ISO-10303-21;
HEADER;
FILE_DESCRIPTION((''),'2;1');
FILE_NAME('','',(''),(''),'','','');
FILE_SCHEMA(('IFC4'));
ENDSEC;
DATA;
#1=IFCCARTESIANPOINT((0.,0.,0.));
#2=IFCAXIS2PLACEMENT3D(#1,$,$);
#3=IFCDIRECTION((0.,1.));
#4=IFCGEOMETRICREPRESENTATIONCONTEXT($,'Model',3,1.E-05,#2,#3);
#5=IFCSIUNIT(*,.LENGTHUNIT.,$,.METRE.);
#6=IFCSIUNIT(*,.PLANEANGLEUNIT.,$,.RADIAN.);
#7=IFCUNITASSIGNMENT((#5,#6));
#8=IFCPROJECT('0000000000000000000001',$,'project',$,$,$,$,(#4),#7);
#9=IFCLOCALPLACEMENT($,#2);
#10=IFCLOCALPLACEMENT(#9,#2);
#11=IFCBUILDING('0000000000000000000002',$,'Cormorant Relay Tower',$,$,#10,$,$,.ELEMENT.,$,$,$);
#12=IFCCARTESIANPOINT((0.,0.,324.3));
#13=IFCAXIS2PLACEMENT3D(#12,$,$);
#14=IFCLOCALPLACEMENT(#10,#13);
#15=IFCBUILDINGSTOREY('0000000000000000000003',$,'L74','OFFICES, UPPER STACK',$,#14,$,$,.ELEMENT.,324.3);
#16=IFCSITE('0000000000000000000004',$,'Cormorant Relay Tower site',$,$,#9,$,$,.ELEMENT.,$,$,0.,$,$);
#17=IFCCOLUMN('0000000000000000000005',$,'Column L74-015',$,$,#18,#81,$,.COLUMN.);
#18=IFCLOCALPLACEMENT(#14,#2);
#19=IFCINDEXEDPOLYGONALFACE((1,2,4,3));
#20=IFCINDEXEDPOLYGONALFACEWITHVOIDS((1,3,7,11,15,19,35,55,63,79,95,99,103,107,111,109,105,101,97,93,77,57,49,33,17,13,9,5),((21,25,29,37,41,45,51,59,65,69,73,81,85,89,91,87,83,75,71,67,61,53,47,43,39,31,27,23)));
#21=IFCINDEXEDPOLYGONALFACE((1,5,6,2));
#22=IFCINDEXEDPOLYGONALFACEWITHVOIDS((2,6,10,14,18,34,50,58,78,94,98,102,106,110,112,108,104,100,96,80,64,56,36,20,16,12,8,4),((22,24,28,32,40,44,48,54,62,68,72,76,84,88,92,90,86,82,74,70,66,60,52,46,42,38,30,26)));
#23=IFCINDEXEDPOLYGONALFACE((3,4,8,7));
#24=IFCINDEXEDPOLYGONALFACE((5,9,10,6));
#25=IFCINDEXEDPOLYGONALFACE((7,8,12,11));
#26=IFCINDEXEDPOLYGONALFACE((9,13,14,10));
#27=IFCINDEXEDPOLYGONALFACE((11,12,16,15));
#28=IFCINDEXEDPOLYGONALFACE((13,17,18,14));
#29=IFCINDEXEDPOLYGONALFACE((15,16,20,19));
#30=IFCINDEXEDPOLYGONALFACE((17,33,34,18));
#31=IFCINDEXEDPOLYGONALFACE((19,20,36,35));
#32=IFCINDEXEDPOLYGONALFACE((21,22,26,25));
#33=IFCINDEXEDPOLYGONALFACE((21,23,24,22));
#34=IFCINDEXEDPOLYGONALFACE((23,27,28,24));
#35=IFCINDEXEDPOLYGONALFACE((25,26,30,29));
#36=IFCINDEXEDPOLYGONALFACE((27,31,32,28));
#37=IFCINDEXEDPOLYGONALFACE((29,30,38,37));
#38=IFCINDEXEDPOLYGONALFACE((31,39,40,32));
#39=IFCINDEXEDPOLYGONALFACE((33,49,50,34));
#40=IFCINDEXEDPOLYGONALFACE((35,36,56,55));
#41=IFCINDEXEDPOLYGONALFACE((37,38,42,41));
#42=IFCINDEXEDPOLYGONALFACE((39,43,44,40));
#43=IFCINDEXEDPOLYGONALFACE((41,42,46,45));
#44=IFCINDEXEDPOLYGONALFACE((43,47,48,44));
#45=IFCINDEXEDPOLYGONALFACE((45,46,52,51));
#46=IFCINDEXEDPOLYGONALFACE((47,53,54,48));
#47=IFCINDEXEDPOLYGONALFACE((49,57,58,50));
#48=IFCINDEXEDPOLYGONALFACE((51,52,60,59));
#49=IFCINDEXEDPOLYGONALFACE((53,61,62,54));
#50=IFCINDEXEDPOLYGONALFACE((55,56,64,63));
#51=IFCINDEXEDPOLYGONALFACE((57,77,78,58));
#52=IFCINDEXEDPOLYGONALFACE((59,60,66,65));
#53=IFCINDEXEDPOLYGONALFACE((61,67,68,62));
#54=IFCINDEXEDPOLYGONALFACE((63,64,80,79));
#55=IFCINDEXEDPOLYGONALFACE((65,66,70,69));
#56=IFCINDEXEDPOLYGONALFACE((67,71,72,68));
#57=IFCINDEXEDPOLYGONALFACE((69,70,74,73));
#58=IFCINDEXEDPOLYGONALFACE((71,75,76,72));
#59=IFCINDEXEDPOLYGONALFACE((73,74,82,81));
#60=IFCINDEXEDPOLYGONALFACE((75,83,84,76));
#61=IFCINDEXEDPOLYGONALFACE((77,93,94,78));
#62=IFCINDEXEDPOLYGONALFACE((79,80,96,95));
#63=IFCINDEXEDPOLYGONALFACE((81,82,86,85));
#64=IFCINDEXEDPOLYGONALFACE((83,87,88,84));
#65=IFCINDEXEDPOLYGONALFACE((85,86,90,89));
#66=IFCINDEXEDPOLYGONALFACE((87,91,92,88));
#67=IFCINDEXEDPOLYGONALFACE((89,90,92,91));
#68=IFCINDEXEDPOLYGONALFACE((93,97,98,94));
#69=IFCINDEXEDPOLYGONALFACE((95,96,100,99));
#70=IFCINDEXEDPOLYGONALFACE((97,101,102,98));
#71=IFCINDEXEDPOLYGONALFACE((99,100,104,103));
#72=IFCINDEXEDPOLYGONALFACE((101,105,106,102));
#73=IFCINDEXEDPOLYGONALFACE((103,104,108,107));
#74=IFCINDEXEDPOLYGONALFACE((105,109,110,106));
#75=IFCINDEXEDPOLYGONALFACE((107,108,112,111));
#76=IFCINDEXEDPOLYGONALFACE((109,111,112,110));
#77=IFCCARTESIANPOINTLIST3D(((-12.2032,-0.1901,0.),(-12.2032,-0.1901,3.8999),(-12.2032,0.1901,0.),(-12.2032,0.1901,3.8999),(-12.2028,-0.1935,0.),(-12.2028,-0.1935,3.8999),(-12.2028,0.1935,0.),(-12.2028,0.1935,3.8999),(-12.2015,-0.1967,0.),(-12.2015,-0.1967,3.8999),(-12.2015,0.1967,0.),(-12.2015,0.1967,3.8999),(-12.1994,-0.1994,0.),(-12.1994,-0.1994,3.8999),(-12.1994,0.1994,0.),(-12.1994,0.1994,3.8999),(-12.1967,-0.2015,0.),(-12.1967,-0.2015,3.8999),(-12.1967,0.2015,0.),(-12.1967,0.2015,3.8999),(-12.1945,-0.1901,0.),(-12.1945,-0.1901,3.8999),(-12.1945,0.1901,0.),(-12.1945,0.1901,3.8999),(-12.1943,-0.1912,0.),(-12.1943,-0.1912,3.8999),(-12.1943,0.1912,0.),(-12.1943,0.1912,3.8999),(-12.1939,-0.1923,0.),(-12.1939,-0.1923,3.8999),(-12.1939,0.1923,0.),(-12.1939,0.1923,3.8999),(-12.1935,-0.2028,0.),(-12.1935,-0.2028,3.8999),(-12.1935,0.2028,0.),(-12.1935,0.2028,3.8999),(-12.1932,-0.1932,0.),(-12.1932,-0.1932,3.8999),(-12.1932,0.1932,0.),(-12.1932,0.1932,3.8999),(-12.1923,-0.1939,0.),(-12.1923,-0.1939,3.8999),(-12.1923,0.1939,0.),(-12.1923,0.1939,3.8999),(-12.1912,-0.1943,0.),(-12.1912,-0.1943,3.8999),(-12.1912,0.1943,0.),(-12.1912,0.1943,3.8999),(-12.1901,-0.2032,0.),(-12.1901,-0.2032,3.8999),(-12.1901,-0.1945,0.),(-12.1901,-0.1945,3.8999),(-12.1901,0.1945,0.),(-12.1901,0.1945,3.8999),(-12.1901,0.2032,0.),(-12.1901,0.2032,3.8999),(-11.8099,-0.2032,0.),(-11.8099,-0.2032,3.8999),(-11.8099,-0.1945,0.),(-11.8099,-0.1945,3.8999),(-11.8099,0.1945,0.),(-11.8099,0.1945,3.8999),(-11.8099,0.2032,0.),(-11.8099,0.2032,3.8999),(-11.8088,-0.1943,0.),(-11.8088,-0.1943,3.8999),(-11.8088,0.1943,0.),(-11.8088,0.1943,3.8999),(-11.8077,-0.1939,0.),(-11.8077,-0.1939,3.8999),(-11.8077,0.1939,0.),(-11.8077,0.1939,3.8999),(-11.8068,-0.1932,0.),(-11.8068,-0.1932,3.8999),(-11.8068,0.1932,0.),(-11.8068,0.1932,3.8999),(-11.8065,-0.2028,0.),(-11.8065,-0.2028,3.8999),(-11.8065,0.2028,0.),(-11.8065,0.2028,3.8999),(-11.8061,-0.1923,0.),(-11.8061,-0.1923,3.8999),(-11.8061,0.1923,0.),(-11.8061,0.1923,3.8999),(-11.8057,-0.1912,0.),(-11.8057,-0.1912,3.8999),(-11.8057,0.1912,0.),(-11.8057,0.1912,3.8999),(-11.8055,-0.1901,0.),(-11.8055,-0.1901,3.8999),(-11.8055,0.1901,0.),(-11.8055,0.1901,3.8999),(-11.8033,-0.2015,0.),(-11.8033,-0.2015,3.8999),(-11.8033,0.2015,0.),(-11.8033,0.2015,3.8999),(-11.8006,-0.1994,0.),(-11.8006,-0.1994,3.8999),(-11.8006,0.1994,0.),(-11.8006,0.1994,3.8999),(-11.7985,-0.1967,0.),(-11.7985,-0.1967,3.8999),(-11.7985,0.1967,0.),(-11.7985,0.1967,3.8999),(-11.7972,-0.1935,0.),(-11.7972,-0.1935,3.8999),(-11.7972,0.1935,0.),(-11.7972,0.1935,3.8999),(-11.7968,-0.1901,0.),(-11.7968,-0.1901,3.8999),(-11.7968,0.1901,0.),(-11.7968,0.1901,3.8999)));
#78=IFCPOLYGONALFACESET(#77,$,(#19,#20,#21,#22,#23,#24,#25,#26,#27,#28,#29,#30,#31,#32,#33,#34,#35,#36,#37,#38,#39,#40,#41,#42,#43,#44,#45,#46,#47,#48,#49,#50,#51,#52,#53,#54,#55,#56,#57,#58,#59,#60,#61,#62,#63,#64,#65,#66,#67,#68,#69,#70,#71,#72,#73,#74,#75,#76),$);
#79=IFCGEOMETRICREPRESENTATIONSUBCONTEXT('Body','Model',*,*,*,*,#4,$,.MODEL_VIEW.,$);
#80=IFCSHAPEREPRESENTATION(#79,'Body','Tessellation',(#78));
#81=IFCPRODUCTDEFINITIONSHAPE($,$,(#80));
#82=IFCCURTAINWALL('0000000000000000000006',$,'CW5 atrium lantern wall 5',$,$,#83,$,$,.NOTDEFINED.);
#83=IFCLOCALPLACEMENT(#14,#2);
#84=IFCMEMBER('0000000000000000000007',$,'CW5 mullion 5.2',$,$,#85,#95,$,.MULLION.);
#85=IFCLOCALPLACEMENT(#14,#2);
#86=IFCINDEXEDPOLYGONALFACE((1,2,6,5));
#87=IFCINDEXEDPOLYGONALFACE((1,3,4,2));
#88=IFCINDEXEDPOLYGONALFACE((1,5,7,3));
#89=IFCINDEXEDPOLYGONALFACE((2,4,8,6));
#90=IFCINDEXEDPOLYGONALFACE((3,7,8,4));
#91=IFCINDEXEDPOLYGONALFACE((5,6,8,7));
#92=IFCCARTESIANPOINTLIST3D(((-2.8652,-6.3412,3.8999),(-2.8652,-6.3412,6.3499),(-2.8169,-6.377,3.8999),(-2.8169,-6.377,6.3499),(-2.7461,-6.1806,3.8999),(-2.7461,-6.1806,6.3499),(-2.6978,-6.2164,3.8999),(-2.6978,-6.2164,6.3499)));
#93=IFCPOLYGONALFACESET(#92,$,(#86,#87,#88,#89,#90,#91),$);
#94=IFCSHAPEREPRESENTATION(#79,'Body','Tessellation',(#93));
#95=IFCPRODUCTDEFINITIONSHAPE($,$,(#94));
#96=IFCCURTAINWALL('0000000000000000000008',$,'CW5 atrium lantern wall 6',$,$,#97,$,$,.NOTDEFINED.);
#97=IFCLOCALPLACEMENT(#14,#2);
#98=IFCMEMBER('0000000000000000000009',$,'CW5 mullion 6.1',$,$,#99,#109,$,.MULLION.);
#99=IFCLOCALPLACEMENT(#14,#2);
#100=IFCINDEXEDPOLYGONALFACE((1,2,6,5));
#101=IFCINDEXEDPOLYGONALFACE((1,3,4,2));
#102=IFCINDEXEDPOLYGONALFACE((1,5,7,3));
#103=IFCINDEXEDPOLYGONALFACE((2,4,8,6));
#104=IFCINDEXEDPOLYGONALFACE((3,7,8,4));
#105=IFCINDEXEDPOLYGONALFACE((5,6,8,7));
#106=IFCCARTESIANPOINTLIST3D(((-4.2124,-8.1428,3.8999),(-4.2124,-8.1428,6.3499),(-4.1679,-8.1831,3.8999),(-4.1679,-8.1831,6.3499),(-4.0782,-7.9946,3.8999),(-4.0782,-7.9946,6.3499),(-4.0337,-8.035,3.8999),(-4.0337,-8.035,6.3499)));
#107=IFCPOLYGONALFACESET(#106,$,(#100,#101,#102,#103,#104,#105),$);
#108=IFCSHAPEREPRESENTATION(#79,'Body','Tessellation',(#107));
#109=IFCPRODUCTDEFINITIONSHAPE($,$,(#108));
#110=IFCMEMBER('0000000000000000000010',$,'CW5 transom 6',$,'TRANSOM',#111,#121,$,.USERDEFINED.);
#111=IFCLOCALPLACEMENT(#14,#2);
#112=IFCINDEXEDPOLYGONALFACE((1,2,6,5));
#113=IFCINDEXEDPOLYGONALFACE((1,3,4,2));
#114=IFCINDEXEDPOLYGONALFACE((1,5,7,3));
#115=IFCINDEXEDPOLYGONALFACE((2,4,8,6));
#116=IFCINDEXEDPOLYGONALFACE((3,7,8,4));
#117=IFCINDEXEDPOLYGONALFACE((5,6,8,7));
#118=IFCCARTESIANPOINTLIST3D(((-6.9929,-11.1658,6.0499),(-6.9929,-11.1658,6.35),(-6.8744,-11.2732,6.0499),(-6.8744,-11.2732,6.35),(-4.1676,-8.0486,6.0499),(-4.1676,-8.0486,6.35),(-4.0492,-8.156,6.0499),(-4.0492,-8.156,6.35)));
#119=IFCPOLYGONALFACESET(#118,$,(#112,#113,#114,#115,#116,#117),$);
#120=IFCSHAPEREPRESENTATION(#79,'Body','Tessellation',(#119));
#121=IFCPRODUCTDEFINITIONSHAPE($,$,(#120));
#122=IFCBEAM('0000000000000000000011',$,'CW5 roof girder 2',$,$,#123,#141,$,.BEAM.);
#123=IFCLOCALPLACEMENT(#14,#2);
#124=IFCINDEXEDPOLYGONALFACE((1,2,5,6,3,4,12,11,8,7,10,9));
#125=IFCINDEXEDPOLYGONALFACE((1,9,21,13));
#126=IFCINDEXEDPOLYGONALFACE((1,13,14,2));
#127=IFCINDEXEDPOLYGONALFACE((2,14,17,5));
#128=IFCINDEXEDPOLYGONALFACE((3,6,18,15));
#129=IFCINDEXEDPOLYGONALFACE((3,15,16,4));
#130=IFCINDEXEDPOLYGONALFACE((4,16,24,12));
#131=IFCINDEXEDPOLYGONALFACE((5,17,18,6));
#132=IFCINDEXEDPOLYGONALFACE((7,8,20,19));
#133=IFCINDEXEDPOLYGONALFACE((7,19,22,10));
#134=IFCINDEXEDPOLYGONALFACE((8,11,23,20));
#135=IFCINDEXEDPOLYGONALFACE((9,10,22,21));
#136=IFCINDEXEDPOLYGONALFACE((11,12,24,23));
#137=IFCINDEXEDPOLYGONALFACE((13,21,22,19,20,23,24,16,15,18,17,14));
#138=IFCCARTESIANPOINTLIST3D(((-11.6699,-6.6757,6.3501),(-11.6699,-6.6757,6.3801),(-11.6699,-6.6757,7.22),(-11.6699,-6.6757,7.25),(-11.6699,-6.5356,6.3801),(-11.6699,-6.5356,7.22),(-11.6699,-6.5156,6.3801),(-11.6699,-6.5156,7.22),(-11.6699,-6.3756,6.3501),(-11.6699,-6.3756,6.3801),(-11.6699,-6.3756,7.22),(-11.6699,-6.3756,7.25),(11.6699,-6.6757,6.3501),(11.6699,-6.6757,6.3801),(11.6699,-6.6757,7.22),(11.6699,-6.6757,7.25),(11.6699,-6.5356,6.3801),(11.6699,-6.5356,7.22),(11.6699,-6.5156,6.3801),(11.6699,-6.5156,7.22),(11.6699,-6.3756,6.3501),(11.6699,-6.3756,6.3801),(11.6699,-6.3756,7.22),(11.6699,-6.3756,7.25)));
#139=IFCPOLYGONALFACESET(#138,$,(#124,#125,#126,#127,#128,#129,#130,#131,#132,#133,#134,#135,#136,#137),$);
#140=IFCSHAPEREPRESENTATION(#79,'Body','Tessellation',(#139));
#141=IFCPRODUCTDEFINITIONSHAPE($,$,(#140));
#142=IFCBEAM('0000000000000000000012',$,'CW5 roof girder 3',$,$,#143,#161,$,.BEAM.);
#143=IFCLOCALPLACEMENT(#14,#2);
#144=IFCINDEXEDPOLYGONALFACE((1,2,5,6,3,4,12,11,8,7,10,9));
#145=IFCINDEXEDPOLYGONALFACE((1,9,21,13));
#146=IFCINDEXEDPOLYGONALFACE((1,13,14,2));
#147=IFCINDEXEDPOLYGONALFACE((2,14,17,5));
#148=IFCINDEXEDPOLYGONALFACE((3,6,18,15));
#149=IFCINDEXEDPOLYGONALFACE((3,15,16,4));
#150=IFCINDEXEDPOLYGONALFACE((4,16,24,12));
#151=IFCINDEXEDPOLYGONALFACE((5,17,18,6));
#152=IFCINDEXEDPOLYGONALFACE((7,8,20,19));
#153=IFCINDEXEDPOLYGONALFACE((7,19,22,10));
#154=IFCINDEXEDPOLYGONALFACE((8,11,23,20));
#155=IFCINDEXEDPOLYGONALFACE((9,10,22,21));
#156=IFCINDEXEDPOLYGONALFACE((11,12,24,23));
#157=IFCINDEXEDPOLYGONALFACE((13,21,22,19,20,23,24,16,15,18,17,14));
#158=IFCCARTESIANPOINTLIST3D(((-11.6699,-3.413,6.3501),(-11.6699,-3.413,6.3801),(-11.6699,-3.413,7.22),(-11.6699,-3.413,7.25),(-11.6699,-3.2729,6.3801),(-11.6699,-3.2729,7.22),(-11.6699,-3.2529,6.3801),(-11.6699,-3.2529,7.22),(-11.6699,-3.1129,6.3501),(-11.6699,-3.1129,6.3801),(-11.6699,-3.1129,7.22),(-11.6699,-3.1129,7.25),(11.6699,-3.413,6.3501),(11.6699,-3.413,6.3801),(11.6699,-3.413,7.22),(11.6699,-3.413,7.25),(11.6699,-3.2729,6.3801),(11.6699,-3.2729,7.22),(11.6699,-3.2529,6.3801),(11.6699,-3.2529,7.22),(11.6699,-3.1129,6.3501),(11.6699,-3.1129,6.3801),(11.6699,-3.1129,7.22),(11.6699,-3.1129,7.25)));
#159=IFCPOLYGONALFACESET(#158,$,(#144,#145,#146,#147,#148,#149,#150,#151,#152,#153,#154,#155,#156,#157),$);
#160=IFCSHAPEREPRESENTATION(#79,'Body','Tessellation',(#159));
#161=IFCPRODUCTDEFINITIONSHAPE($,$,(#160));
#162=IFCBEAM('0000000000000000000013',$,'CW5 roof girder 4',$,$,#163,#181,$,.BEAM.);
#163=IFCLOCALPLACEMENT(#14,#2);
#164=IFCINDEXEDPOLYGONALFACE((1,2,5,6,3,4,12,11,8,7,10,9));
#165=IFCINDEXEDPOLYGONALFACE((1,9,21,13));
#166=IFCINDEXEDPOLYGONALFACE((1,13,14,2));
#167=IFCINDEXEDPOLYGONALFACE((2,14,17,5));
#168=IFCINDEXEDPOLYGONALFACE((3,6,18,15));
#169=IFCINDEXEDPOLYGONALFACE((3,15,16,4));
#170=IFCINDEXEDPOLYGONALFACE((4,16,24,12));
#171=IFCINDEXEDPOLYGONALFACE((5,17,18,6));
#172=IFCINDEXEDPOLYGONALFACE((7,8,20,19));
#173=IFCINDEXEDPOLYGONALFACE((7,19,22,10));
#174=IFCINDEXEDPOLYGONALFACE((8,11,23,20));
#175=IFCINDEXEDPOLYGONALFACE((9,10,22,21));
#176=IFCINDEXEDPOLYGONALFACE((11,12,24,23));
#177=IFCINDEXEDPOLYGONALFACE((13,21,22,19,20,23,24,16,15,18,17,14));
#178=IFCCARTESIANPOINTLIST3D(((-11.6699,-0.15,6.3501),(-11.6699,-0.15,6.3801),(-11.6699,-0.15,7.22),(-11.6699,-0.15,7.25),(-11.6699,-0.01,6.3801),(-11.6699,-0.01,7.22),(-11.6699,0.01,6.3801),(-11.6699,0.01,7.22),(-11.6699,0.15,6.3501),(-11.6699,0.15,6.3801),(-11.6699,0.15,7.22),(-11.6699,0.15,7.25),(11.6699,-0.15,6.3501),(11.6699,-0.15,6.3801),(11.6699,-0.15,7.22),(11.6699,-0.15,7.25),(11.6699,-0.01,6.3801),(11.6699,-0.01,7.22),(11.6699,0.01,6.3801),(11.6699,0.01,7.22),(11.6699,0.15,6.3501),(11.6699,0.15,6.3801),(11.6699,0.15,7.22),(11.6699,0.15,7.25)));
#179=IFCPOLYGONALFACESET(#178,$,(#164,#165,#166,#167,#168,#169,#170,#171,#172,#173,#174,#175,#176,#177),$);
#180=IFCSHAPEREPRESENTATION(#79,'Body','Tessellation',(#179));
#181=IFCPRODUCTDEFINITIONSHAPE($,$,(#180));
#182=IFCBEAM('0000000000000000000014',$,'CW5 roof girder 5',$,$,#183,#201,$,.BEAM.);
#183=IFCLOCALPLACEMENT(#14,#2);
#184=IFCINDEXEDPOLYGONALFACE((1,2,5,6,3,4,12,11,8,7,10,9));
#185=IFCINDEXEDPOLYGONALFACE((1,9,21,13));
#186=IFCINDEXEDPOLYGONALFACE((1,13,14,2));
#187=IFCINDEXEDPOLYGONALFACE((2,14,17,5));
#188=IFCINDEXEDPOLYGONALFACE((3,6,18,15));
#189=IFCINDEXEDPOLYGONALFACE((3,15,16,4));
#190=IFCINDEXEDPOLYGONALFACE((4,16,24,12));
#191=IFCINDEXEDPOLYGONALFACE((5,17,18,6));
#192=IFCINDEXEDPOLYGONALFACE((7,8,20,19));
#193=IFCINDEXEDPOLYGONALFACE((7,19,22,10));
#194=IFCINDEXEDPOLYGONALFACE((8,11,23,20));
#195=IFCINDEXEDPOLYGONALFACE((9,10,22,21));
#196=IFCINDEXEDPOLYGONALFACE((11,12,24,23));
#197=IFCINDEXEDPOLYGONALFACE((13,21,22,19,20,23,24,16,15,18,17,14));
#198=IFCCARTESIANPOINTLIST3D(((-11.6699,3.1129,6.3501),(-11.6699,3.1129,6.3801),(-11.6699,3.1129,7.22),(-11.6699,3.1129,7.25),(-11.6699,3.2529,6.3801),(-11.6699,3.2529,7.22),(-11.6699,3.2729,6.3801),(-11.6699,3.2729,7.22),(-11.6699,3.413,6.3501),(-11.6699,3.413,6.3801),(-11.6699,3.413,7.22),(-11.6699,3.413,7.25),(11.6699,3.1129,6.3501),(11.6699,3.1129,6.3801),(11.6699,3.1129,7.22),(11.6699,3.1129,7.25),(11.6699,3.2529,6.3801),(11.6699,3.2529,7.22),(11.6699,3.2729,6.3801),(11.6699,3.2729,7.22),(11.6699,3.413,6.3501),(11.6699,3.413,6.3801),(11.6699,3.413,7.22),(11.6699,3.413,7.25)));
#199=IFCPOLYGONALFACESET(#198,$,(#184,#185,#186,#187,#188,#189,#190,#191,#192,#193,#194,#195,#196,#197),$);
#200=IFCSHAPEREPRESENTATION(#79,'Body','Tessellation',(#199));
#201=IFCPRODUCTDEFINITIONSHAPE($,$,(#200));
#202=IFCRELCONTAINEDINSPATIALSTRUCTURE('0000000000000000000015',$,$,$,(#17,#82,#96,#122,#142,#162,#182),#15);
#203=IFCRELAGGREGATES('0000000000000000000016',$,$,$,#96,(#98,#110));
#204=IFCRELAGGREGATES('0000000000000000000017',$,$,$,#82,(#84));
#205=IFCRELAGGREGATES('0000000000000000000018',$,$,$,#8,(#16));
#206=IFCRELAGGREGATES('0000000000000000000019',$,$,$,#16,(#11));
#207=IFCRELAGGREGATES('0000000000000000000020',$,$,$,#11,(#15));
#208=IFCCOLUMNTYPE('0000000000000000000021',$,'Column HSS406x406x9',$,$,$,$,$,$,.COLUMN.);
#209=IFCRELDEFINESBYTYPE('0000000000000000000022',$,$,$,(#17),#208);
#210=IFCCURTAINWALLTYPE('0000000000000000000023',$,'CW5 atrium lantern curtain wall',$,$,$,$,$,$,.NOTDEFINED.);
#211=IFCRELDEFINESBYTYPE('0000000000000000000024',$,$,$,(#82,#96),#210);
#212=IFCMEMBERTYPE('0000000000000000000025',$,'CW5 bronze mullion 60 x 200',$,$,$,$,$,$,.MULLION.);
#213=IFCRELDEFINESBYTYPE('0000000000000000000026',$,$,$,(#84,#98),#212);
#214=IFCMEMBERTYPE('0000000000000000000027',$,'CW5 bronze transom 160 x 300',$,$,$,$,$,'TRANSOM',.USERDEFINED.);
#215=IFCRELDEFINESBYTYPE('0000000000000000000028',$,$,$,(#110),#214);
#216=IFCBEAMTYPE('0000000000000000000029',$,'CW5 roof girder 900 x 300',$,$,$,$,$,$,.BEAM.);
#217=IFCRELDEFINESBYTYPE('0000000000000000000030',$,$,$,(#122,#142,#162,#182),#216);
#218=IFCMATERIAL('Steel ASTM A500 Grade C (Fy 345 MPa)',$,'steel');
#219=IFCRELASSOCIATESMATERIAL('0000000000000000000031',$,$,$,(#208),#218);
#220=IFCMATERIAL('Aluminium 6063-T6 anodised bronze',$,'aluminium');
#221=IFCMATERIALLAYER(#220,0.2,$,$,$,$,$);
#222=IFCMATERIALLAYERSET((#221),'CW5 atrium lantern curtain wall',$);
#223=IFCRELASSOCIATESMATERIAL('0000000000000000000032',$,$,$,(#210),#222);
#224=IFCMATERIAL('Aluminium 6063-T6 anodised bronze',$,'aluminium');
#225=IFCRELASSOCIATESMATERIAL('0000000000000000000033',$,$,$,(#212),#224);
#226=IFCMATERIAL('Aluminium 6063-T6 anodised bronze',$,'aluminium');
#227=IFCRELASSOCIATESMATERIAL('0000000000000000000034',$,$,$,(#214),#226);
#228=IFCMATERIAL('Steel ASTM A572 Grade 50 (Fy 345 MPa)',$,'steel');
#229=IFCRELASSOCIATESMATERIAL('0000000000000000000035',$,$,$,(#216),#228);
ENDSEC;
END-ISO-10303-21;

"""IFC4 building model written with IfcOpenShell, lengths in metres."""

from ifc_helpers import new_model, si_unit, direction, frame, origin, origin_2d, place, context, subcontext, project, spatial, rectangle, hollow_rectangle, i_section, extrude, material, layer, layer_set, material_profile, profile_set, type_object, element, aggregate, save


model = new_model("IFC4")

# Units and contexts
model_context = context("Model", 3, precision=1e-05, world=origin(), true_north=direction((0.0, 1.0)))
body_context = subcontext(model_context, "Body", "Model", "MODEL_VIEW")
ifc_project = project(units=[si_unit("LENGTHUNIT", "METRE"), si_unit("PLANEANGLEUNIT", "RADIAN")], contexts=[model_context])

# Site, building, storey
site_placement = place(None, origin())
site = spatial("IfcSite", under=ifc_project, at=site_placement, Name="Cormorant Relay Tower site", CompositionType="ELEMENT", RefElevation=0.0)
building_placement = place(site_placement, origin())
building = spatial("IfcBuilding", under=site, at=building_placement, Name="Cormorant Relay Tower", CompositionType="ELEMENT")
storey_placement = place(building_placement, frame((0.0, 0.0, 324.3)))
storey = spatial("IfcBuildingStorey", under=building, at=storey_placement, Name="L74", Description="OFFICES, UPPER STACK", CompositionType="ELEMENT", Elevation=324.3)

# Column
ifc_material_1 = material(Name="Steel ASTM A500 Grade C (Fy 345 MPa)", Category="steel")
ifc_material_profile_1 = material_profile(ifc_material_1, hollow_rectangle(XDim=0.4065, YDim=0.4065, WallThickness=0.0088, InnerFilletRadius=0.0044, OuterFilletRadius=0.0132, at=origin_2d()), Name="HSS406x406x9")
ifc_profile_set_1 = profile_set([ifc_material_profile_1], Name="Steel ASTM A500 Grade C (Fy 345 MPa)")
column_type_1 = type_object("IfcColumnType", Name="Column HSS406x406x9", PredefinedType="COLUMN", material=ifc_profile_set_1)
column_placement = place(storey_placement, frame((-12.0, 0.0, 0.0), z_axis=(0.0, 0.0, 1.0), x_axis=(1.0, 0.0, 0.0)))
element("IfcColumn", 1, at=column_placement, inside=storey, type_object=column_type_1, Name="Column L74-015", PredefinedType="COLUMN", context=body_context, shape_type="SweptSolid", body=[
    extrude(hollow_rectangle(XDim=0.4065, YDim=0.4065, WallThickness=0.0088, InnerFilletRadius=0.0044, OuterFilletRadius=0.0132, at=origin_2d()), origin(), (0.0, 0.0, 1.0), 3.8999),
])

# Curtain wall, member
ifc_material_2 = material(Name="Aluminium 6063-T6 anodised bronze", Category="aluminium")
ifc_layer_1 = layer(ifc_material_2, 0.2)
ifc_layer_set_1 = layer_set([ifc_layer_1], Name="CW5 atrium lantern curtain wall")
curtain_wall_type = type_object("IfcCurtainWallType", Name="CW5 atrium lantern curtain wall", PredefinedType="NOTDEFINED", material=ifc_layer_set_1)
curtain_wall_1_placement = place(storey_placement, origin())
curtain_wall_1 = element("IfcCurtainWall", 2, at=curtain_wall_1_placement, inside=storey, type_object=curtain_wall_type, Name="CW5 atrium lantern wall 5", PredefinedType="NOTDEFINED")
ifc_material_3 = material(Name="Aluminium 6063-T6 anodised bronze", Category="aluminium")
ifc_material_profile_2 = material_profile(ifc_material_3, rectangle(XDim=0.2, YDim=0.0601, at=origin_2d()), Name="AL 60x200")
ifc_profile_set_2 = profile_set([ifc_material_profile_2], Name="Aluminium 6063-T6 anodised bronze")
member_type_1 = type_object("IfcMemberType", Name="CW5 bronze mullion 60 x 200", PredefinedType="MULLION", material=ifc_profile_set_2)
member_1_placement = place(storey_placement, frame((-2.7815, -6.2788, 3.8999), z_axis=(0.0, 0.0, 1.0), x_axis=(-0.595699, -0.803208, 0.0)))
member_1 = element("IfcMember", 3, at=member_1_placement, type_object=member_type_1, Name="CW5 mullion 5.2", PredefinedType="MULLION", context=body_context, shape_type="SweptSolid", body=[
    extrude(rectangle(XDim=0.2, YDim=0.0601, at=origin_2d()), origin(), (0.0, 0.0, 1.0), 2.45),
])

# Curtain wall, members
curtain_wall_2_placement = place(storey_placement, origin())
curtain_wall_2 = element("IfcCurtainWall", 4, at=curtain_wall_2_placement, inside=storey, type_object=curtain_wall_type, Name="CW5 atrium lantern wall 6", PredefinedType="NOTDEFINED")
member_2_placement = place(storey_placement, frame((-4.123, -8.0889, 3.8999), z_axis=(0.0, 0.0, 1.0), x_axis=(-0.671559, -0.740951, 0.0)))
member_2 = element("IfcMember", 5, at=member_2_placement, type_object=member_type_1, Name="CW5 mullion 6.1", PredefinedType="MULLION", context=body_context, shape_type="SweptSolid", body=[
    extrude(rectangle(XDim=0.2, YDim=0.0601, at=origin_2d()), origin(), (0.0, 0.0, 1.0), 2.45),
])
ifc_material_4 = material(Name="Aluminium 6063-T6 anodised bronze", Category="aluminium")
ifc_material_profile_3 = material_profile(ifc_material_4, rectangle(XDim=0.1599, YDim=0.3, at=origin_2d()), Name="AL 160x300")
ifc_profile_set_3 = profile_set([ifc_material_profile_3], Name="Aluminium 6063-T6 anodised bronze")
member_type_2 = type_object("IfcMemberType", Name="CW5 bronze transom 160 x 300", ElementType="TRANSOM", PredefinedType="USERDEFINED", material=ifc_profile_set_3)
member_3_placement = place(storey_placement, frame((-4.1084, -8.1023, 6.2), z_axis=(-0.671551, -0.740958, 0.0), x_axis=(0.740958, -0.671551, 0.0)))
member_3 = element("IfcMember", 6, at=member_3_placement, type_object=member_type_2, Name="CW5 transom 6", ObjectType="TRANSOM", PredefinedType="USERDEFINED", context=body_context, shape_type="SweptSolid", body=[
    extrude(rectangle(XDim=0.1599, YDim=0.3, at=origin_2d()), origin(), (0.0, 0.0, 1.0), 4.207),
])
aggregate(curtain_wall_2, [member_2, member_3])

# Beams
ifc_material_5 = material(Name="Steel ASTM A572 Grade 50 (Fy 345 MPa)", Category="steel")
ifc_material_profile_4 = material_profile(ifc_material_5, i_section(OverallWidth=0.3, OverallDepth=0.8999, WebThickness=0.02, FlangeThickness=0.03, at=origin_2d()), Name="PG900x300")
ifc_profile_set_4 = profile_set([ifc_material_profile_4], Name="Steel ASTM A572 Grade 50 (Fy 345 MPa)")
beam_type = type_object("IfcBeamType", Name="CW5 roof girder 900 x 300", PredefinedType="BEAM", material=ifc_profile_set_4)
for number, where, z_axis, x_axis, name in (
    (7, (-11.6699, -6.5256, 6.8), (1.0, 0.0, 0.0), (0.0, 1.0, 0.0), "CW5 roof girder 2"),
    (8, (-11.6699, -3.2629, 6.8), (1.0, 0.0, 0.0), (0.0, 1.0, 0.0), "CW5 roof girder 3"),
    (9, (-11.6699, 0.0, 6.8), (1.0, 0.0, 0.0), (0.0, 1.0, 0.0), "CW5 roof girder 4"),
    (10, (-11.6699, 3.2629, 6.8), (1.0, 0.0, 0.0), (0.0, 1.0, 0.0), "CW5 roof girder 5"),
):
    element("IfcBeam", number, at=place(storey_placement, frame(where, z_axis=z_axis, x_axis=x_axis)), inside=storey, type_object=beam_type, Name=name, PredefinedType="BEAM", context=body_context, shape_type="SweptSolid", body=[
        extrude(i_section(OverallWidth=0.3, OverallDepth=0.8999, WebThickness=0.02, FlangeThickness=0.03, at=origin_2d()), origin(), (0.0, 0.0, 1.0), 23.3398),
    ])

aggregate(curtain_wall_1, [member_1])

save(model, "model.ifc")
